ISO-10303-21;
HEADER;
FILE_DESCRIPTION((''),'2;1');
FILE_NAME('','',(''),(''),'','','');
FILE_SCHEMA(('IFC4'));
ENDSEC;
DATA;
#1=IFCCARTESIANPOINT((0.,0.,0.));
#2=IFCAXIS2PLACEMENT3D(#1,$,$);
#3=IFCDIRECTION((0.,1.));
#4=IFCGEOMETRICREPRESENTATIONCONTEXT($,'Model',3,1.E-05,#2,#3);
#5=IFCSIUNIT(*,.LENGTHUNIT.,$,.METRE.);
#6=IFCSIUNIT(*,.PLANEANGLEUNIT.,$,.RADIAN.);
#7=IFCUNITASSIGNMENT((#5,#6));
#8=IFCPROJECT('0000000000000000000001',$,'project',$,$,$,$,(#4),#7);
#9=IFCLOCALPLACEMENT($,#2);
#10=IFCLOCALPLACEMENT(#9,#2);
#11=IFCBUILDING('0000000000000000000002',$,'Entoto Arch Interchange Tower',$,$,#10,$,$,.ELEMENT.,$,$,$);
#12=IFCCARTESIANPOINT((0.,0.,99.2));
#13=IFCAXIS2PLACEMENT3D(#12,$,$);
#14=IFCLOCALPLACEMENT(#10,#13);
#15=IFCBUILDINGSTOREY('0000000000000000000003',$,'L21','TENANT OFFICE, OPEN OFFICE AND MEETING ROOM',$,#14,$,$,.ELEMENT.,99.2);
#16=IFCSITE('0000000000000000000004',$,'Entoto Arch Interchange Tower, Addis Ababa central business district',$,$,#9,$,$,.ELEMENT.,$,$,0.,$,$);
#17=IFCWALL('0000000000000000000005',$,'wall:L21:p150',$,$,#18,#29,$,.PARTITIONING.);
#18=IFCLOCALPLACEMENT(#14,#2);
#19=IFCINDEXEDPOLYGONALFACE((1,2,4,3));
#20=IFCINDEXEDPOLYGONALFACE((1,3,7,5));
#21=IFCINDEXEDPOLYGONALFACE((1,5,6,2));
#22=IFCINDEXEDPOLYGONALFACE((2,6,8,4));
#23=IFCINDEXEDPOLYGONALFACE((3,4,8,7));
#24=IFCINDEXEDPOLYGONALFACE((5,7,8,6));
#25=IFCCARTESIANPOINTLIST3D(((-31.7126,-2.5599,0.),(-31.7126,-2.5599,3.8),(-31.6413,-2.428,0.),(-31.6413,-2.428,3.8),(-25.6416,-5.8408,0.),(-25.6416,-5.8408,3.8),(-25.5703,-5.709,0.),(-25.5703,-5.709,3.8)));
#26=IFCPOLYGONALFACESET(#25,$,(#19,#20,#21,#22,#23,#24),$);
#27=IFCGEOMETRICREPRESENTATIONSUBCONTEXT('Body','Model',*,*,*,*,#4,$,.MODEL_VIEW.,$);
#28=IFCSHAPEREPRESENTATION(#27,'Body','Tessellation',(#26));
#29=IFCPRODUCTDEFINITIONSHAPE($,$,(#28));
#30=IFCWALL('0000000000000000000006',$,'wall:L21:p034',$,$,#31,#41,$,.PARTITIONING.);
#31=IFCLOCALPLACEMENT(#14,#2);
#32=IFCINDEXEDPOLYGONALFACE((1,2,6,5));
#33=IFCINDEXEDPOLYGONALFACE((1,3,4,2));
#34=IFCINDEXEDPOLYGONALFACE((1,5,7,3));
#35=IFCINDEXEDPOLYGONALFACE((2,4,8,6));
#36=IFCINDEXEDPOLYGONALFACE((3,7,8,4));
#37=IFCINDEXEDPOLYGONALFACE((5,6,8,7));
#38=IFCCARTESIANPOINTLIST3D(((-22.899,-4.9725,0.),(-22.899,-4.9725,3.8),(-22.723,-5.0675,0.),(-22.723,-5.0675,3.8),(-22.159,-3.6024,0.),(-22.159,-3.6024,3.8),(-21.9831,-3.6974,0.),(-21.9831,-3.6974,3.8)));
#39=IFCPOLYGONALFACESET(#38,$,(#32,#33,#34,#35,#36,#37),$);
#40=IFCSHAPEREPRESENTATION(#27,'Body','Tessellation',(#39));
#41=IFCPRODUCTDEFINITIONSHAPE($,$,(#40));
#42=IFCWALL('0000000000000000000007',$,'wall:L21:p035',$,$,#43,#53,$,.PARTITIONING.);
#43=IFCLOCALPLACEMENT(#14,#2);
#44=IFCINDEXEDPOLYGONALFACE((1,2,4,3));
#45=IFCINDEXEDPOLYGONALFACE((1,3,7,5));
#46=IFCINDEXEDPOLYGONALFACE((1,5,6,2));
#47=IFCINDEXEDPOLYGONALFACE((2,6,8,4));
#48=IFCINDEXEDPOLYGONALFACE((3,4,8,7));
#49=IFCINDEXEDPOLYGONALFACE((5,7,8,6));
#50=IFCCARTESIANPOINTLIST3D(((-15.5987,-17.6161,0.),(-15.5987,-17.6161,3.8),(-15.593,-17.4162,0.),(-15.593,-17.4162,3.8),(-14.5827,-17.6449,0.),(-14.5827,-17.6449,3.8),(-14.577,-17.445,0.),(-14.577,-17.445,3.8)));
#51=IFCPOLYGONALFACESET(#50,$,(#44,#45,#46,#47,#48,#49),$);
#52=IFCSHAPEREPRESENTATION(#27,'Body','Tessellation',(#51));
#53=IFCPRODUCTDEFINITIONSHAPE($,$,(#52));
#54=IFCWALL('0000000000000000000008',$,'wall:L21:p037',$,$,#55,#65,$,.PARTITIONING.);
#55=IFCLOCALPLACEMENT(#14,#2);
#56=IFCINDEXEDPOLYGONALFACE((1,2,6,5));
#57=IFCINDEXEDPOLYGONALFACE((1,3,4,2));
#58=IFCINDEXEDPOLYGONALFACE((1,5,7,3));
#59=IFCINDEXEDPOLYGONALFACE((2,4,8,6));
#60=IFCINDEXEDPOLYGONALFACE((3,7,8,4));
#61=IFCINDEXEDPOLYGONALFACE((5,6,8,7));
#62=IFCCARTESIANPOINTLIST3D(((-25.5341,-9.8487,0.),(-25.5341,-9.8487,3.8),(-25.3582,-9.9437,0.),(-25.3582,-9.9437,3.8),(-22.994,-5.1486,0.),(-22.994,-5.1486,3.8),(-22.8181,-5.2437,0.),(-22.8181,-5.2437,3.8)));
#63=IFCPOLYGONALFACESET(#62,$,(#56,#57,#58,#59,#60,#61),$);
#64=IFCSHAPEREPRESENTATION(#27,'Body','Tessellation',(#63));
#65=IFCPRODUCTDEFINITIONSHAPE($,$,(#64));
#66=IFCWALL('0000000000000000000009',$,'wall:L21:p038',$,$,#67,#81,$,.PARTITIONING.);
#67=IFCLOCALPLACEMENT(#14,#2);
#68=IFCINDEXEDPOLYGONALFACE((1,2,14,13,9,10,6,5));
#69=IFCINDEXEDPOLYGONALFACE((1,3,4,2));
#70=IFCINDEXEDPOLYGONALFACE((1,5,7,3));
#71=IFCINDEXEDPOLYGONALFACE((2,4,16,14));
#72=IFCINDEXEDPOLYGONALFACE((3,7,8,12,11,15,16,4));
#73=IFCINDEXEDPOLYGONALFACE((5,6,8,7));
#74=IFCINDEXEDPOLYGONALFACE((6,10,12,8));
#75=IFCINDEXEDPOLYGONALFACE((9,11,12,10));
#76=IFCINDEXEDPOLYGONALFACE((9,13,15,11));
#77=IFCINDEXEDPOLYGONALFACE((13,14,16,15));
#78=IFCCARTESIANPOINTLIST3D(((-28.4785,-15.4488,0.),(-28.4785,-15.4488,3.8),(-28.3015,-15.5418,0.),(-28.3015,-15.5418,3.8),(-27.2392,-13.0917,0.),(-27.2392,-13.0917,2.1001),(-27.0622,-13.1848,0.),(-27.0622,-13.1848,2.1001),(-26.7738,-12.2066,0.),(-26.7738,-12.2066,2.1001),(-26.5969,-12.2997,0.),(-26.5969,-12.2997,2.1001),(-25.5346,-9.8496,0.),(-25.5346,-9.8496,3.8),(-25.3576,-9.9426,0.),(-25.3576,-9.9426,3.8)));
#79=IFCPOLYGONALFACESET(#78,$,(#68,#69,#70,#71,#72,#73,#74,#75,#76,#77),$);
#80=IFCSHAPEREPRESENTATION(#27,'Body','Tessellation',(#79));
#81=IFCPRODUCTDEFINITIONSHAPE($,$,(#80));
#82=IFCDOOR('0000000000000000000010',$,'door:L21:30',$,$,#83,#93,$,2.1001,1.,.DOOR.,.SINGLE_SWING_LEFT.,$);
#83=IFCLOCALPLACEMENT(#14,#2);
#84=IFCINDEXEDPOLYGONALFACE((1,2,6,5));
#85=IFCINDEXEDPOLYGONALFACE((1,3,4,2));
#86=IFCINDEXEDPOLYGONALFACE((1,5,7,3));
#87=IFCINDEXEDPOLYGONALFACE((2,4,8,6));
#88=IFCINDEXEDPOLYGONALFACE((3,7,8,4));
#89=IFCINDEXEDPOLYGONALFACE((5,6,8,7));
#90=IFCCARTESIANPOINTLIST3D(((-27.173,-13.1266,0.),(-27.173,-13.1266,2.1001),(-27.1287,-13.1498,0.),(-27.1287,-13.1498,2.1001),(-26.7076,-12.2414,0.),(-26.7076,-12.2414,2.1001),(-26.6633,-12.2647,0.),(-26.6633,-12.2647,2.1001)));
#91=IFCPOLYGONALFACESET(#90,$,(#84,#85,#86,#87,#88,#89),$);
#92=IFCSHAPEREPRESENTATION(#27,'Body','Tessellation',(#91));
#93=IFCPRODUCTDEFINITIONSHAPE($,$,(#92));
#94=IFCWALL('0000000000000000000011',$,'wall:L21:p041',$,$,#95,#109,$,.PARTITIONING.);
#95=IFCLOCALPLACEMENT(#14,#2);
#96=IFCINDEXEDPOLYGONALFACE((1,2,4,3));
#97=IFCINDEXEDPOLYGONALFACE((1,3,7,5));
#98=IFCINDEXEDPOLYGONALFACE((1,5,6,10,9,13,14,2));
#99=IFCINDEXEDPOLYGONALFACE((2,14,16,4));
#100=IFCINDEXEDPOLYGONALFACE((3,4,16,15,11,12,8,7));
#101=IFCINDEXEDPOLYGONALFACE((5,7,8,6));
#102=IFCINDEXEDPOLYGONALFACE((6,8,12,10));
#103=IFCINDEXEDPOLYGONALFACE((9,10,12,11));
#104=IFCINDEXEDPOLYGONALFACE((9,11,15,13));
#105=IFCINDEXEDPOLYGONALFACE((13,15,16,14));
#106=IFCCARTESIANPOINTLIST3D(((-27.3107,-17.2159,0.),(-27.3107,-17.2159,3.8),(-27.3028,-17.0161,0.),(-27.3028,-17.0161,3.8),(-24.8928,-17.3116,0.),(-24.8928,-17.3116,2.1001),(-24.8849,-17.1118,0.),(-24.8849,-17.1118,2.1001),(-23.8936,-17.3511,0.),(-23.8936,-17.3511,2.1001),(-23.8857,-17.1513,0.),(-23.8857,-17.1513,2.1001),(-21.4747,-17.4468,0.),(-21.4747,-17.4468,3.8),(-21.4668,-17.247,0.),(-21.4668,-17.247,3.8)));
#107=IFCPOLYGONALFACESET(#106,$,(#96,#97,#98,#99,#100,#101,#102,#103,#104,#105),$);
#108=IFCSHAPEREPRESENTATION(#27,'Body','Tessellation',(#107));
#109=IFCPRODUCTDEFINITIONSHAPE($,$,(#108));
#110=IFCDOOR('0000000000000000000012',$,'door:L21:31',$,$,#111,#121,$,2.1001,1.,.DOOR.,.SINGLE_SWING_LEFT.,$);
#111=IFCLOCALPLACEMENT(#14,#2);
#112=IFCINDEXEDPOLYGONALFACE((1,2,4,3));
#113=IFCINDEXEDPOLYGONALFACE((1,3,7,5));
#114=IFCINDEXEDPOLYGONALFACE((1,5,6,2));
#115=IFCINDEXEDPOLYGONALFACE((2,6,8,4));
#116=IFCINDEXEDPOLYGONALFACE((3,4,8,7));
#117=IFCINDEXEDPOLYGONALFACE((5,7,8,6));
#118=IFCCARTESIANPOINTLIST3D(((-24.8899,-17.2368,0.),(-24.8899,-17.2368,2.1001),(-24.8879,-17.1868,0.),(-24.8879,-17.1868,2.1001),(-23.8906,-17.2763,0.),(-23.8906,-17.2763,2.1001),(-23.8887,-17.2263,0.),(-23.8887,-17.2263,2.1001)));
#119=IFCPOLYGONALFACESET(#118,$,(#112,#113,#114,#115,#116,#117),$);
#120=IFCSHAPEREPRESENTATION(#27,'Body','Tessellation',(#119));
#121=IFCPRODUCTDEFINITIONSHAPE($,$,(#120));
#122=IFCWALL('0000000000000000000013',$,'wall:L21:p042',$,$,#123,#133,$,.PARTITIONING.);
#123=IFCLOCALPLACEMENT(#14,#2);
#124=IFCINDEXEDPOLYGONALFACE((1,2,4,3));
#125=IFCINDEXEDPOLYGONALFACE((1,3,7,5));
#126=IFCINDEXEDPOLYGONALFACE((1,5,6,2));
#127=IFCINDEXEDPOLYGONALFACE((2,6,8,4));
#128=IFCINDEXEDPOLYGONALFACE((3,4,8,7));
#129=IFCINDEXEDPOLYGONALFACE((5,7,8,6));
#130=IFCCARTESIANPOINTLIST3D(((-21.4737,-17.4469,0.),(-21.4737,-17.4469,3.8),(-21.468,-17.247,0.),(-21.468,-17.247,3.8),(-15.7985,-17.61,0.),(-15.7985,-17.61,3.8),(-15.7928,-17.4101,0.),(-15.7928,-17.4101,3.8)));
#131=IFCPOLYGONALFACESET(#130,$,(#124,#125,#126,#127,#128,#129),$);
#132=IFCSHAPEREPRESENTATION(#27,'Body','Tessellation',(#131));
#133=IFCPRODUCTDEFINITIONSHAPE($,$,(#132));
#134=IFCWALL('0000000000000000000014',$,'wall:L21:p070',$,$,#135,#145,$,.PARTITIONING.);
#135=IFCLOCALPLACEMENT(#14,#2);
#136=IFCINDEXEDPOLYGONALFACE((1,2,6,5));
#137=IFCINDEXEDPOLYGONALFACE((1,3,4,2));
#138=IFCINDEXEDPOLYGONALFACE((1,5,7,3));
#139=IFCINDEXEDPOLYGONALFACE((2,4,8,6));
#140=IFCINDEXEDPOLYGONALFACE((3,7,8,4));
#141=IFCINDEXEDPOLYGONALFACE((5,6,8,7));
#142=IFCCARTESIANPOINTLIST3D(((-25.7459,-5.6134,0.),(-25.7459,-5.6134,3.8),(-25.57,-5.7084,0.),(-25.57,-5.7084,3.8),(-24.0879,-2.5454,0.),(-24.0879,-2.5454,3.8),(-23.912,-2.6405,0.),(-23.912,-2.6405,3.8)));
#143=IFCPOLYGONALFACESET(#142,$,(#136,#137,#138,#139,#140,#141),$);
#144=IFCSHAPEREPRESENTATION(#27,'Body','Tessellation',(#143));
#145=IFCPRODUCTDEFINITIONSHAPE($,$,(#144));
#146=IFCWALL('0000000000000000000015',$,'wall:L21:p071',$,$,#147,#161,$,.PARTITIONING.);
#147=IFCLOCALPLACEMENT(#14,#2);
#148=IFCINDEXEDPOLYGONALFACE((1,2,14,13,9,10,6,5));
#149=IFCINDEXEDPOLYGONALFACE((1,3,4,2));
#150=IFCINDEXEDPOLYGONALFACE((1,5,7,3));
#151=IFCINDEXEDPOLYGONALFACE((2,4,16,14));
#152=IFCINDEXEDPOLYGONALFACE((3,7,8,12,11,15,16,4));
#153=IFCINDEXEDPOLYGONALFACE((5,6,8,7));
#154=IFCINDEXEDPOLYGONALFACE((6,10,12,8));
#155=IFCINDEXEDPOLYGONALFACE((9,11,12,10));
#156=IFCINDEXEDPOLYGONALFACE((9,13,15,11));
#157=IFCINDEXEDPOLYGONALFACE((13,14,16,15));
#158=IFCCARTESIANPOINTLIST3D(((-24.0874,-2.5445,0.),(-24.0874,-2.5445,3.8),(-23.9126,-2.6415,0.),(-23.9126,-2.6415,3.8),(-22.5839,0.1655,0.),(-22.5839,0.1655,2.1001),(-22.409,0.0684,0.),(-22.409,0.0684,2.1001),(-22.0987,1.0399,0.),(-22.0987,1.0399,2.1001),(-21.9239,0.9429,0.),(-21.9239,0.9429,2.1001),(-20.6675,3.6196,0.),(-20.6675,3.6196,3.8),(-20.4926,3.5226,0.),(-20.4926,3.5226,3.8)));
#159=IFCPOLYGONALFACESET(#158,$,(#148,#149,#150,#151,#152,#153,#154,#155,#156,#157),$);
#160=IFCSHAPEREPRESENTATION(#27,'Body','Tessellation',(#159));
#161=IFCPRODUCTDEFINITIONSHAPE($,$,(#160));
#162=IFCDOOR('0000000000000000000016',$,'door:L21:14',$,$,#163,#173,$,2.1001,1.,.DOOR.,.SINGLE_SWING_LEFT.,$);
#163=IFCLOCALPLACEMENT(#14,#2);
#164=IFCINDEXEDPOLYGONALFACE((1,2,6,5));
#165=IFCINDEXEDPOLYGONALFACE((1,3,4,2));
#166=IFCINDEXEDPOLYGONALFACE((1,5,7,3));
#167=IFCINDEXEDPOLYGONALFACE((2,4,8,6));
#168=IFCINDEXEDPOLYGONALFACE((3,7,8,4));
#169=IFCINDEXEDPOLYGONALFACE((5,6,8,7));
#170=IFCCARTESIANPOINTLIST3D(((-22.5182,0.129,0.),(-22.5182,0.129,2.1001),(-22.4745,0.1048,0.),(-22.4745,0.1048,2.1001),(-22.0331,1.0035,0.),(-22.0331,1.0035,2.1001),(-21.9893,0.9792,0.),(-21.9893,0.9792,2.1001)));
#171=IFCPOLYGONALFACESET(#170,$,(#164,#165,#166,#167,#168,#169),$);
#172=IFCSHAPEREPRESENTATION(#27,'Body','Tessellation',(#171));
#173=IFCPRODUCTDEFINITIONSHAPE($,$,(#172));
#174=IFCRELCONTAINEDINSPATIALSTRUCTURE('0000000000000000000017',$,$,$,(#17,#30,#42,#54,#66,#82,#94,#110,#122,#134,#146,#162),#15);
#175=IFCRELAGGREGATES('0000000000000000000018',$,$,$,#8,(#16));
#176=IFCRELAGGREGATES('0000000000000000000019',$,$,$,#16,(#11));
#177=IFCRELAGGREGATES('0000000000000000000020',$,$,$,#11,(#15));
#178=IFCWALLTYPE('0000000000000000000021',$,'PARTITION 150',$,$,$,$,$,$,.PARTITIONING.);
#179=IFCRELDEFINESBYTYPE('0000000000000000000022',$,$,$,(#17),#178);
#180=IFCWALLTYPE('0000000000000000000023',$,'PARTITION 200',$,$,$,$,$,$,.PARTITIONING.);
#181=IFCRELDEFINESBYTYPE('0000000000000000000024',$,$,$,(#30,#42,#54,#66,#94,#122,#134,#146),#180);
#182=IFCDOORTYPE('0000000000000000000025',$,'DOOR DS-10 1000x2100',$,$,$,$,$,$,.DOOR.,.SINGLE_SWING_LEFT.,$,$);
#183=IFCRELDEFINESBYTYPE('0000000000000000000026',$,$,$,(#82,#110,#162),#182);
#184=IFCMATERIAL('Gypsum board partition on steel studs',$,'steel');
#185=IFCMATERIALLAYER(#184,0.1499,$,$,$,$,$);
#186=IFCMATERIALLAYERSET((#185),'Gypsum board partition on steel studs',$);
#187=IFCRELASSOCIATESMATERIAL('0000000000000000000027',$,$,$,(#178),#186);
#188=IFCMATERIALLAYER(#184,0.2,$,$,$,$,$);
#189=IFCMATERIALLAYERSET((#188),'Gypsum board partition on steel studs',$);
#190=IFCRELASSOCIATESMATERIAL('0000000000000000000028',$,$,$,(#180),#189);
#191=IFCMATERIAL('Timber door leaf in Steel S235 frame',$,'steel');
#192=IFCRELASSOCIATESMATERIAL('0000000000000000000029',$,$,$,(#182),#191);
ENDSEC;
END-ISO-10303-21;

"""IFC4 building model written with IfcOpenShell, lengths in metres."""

from ifc_helpers import new_model, si_unit, direction, frame, frame_2d, origin, place, context, subcontext, project, spatial, rectangle, extrude, material, layer, layer_set, type_object, element, fill, save


model = new_model("IFC4")

# Units and contexts
model_context = context("Model", 3, precision=1e-05, world=origin(), true_north=direction((0.0, 1.0)))
body_context = subcontext(model_context, "Body", "Model", "MODEL_VIEW")
ifc_project = project(units=[si_unit("LENGTHUNIT", "METRE"), si_unit("PLANEANGLEUNIT", "RADIAN")], contexts=[model_context])

# Site, building, storey
site_placement = place(None, origin())
site = spatial("IfcSite", under=ifc_project, at=site_placement, Name="Entoto Arch Interchange Tower, Addis Ababa central business district", CompositionType="ELEMENT", RefElevation=0.0)
building_placement = place(site_placement, origin())
building = spatial("IfcBuilding", under=site, at=building_placement, Name="Entoto Arch Interchange Tower", CompositionType="ELEMENT")
storey_placement = place(building_placement, frame((0.0, 0.0, 99.2)))
storey = spatial("IfcBuildingStorey", under=building, at=storey_placement, Name="L21", Description="TENANT OFFICE, OPEN OFFICE AND MEETING ROOM", CompositionType="ELEMENT", Elevation=99.2)

# Walls
ifc_material_1 = material(Name="Gypsum board partition on steel studs", Category="steel")
ifc_layer_1 = layer(ifc_material_1, 0.1499)
ifc_layer_set_1 = layer_set([ifc_layer_1], Name="Gypsum board partition on steel studs")
wall_type_1 = type_object("IfcWallType", Name="PARTITION 150", PredefinedType="PARTITIONING", material=ifc_layer_set_1)
wall_1_placement = place(storey_placement, frame((-25.606, -5.7749, 0.0), z_axis=(0.0, 0.0, 1.0), x_axis=(-0.879745, 0.475445, 0.0)))
element("IfcWall", 1, at=wall_1_placement, inside=storey, type_object=wall_type_1, Name="wall:L21:p150", PredefinedType="PARTITIONING", context=body_context, shape_type="SweptSolid", body=[
    extrude(rectangle(XDim=6.9009, YDim=0.1499, at=frame_2d((3.4504, 0.0))), origin(), (0.0, 0.0, 1.0), 3.8),
])
ifc_layer_2 = layer(ifc_material_1, 0.2)
ifc_layer_set_2 = layer_set([ifc_layer_2], Name="Gypsum board partition on steel studs")
wall_type_2 = type_object("IfcWallType", Name="PARTITION 200", PredefinedType="PARTITIONING", material=ifc_layer_set_2)
wall_2_placement = place(storey_placement, frame((-22.071, -3.6499, 0.0), z_axis=(0.0, 0.0, 1.0), x_axis=(-0.475212, -0.879871, 0.0)))
element("IfcWall", 2, at=wall_2_placement, inside=storey, type_object=wall_type_2, Name="wall:L21:p034", PredefinedType="PARTITIONING", context=body_context, shape_type="SweptSolid", body=[
    extrude(rectangle(XDim=1.5571, YDim=0.2, at=frame_2d((0.7786, 0.0))), origin(), (0.0, 0.0, 1.0), 3.8),
])
wall_3_placement = place(storey_placement, frame((-15.5959, -17.5161, 0.0), z_axis=(0.0, 0.0, 1.0), x_axis=(0.999598, -0.028347, 0.0)))
element("IfcWall", 3, at=wall_3_placement, inside=storey, type_object=wall_type_2, Name="wall:L21:p035", PredefinedType="PARTITIONING", context=body_context, shape_type="SweptSolid", body=[
    extrude(rectangle(XDim=1.0164, YDim=0.2, at=frame_2d((0.5083, 0.0))), origin(), (0.0, 0.0, 1.0), 3.8),
])
wall_4_placement = place(storey_placement, frame((-22.906, -5.196, 0.0), z_axis=(0.0, 0.0, 1.0), x_axis=(-0.475448, -0.879744, 0.0)))
element("IfcWall", 4, at=wall_4_placement, inside=storey, type_object=wall_type_2, Name="wall:L21:p037", PredefinedType="PARTITIONING", context=body_context, shape_type="SweptSolid", body=[
    extrude(rectangle(XDim=5.3425, YDim=0.2, at=frame_2d((2.6714, 0.0))), origin(), (0.0, 0.0, 1.0), 3.8),
])

# Walls, openings, doors
wall_5_placement = place(storey_placement, frame((-25.446, -9.896, 0.0), z_axis=(0.0, 0.0, 1.0), x_axis=(-0.465368, -0.885117, 0.0)))
wall_5 = element("IfcWall", 5, at=wall_5_placement, inside=storey, type_object=wall_type_2, Name="wall:L21:p038", PredefinedType="PARTITIONING", context=body_context, shape_type="SweptSolid", body=[
    extrude(rectangle(XDim=6.3259, YDim=0.2, at=frame_2d((3.1631, 0.0))), origin(), (0.0, 0.0, 1.0), 3.8),
])
opening_1_placement = place(wall_5_placement, frame((2.6631, 0.0, 0.0)))
opening_1 = element("IfcOpeningElement", 6, at=opening_1_placement, cuts=wall_5, PredefinedType="OPENING", context=body_context, shape_type="SweptSolid", body=[
    extrude(rectangle(XDim=1.0, YDim=2.1001, at=frame_2d((0.5, 1.05))), frame((0.0, 0.1099, 0.0), z_axis=(0.0, -1.0, 0.0), x_axis=(1.0, 0.0, 0.0)), (0.0, 0.0, 1.0), 0.22),
])
ifc_material_2 = material(Name="Timber door leaf in Steel S235 frame", Category="steel")
door_type = type_object("IfcDoorType", Name="DOOR DS-10 1000x2100", OperationType="SINGLE_SWING_LEFT", PredefinedType="DOOR", material=ifc_material_2)
door_1_placement = place(opening_1_placement, origin())
door_1 = element("IfcDoor", 7, at=door_1_placement, inside=storey, type_object=door_type, Name="door:L21:30", OperationType="SINGLE_SWING_LEFT", OverallHeight=2.1001, OverallWidth=1.0, PredefinedType="DOOR", context=body_context, shape_type="SweptSolid", body=[
    extrude(rectangle(XDim=1.0, YDim=2.1001, at=frame_2d((0.5, 1.05))), frame((0.0, 0.0249, 0.0), z_axis=(0.0, -1.0, 0.0), x_axis=(1.0, 0.0, 0.0)), (0.0, 0.0, 1.0), 0.05),
])
fill(opening_1, door_1)
wall_6_placement = place(storey_placement, frame((-27.3069, -17.116, 0.0), z_axis=(0.0, 0.0, 1.0), x_axis=(0.999218, -0.039544, 0.0)))
wall_6 = element("IfcWall", 8, at=wall_6_placement, inside=storey, type_object=wall_type_2, Name="wall:L21:p041", PredefinedType="PARTITIONING", context=body_context, shape_type="SweptSolid", body=[
    extrude(rectangle(XDim=5.8406, YDim=0.2, at=frame_2d((2.9204, 0.0))), origin(), (0.0, 0.0, 1.0), 3.8),
])
opening_2_placement = place(wall_6_placement, frame((2.4199, 0.0, 0.0)))
opening_2 = element("IfcOpeningElement", 9, at=opening_2_placement, cuts=wall_6, PredefinedType="OPENING", context=body_context, shape_type="SweptSolid", body=[
    extrude(rectangle(XDim=1.0, YDim=2.1001, at=frame_2d((0.5, 1.05))), frame((0.0, 0.1099, 0.0), z_axis=(0.0, -1.0, 0.0), x_axis=(1.0, 0.0, 0.0)), (0.0, 0.0, 1.0), 0.22),
])
door_2_placement = place(opening_2_placement, origin())
door_2 = element("IfcDoor", 10, at=door_2_placement, inside=storey, type_object=door_type, Name="door:L21:31", OperationType="SINGLE_SWING_LEFT", OverallHeight=2.1001, OverallWidth=1.0, PredefinedType="DOOR", context=body_context, shape_type="SweptSolid", body=[
    extrude(rectangle(XDim=1.0, YDim=2.1001, at=frame_2d((0.5, 1.05))), frame((0.0, 0.0249, 0.0), z_axis=(0.0, -1.0, 0.0), x_axis=(1.0, 0.0, 0.0)), (0.0, 0.0, 1.0), 0.05),
])
fill(opening_2, door_2)

# Walls
wall_7_placement = place(storey_placement, frame((-21.4709, -17.3469, 0.0), z_axis=(0.0, 0.0, 1.0), x_axis=(0.999587, -0.028726, 0.0)))
element("IfcWall", 11, at=wall_7_placement, inside=storey, type_object=wall_type_2, Name="wall:L21:p042", PredefinedType="PARTITIONING", context=body_context, shape_type="SweptSolid", body=[
    extrude(rectangle(XDim=5.6775, YDim=0.2, at=frame_2d((2.8389, 0.0))), origin(), (0.0, 0.0, 1.0), 3.8),
])
wall_8_placement = place(storey_placement, frame((-25.658, -5.6609, 0.0), z_axis=(0.0, 0.0, 1.0), x_axis=(0.475439, 0.879748, 0.0)))
element("IfcWall", 12, at=wall_8_placement, inside=storey, type_object=wall_type_2, Name="wall:L21:p070", PredefinedType="PARTITIONING", context=body_context, shape_type="SweptSolid", body=[
    extrude(rectangle(XDim=3.4873, YDim=0.2, at=frame_2d((1.7437, 0.0))), origin(), (0.0, 0.0, 1.0), 3.8),
])

# Wall, opening, door
wall_9_placement = place(storey_placement, frame((-24.0, -2.593, 0.0), z_axis=(0.0, 0.0, 1.0), x_axis=(0.485149, 0.874432, 0.0)))
wall_9 = element("IfcWall", 13, at=wall_9_placement, inside=storey, type_object=wall_type_2, Name="wall:L21:p071", PredefinedType="PARTITIONING", context=body_context, shape_type="SweptSolid", body=[
    extrude(rectangle(XDim=7.0493, YDim=0.2, at=frame_2d((3.5247, 0.0))), origin(), (0.0, 0.0, 1.0), 3.8),
])
opening_3_placement = place(wall_9_placement, frame((3.0991, 0.0, 0.0)))
opening_3 = element("IfcOpeningElement", 14, at=opening_3_placement, cuts=wall_9, PredefinedType="OPENING", context=body_context, shape_type="SweptSolid", body=[
    extrude(rectangle(XDim=1.0, YDim=2.1001, at=frame_2d((0.5, 1.05))), frame((0.0, 0.1099, 0.0), z_axis=(0.0, -1.0, 0.0), x_axis=(1.0, 0.0, 0.0)), (0.0, 0.0, 1.0), 0.22),
])
door_3_placement = place(opening_3_placement, origin())
door_3 = element("IfcDoor", 15, at=door_3_placement, inside=storey, type_object=door_type, Name="door:L21:14", OperationType="SINGLE_SWING_LEFT", OverallHeight=2.1001, OverallWidth=1.0, PredefinedType="DOOR", context=body_context, shape_type="SweptSolid", body=[
    extrude(rectangle(XDim=1.0, YDim=2.1001, at=frame_2d((0.5, 1.05))), frame((0.0, 0.0249, 0.0), z_axis=(0.0, -1.0, 0.0), x_axis=(1.0, 0.0, 0.0)), (0.0, 0.0, 1.0), 0.05),
])
fill(opening_3, door_3)

save(model, "model.ifc")
